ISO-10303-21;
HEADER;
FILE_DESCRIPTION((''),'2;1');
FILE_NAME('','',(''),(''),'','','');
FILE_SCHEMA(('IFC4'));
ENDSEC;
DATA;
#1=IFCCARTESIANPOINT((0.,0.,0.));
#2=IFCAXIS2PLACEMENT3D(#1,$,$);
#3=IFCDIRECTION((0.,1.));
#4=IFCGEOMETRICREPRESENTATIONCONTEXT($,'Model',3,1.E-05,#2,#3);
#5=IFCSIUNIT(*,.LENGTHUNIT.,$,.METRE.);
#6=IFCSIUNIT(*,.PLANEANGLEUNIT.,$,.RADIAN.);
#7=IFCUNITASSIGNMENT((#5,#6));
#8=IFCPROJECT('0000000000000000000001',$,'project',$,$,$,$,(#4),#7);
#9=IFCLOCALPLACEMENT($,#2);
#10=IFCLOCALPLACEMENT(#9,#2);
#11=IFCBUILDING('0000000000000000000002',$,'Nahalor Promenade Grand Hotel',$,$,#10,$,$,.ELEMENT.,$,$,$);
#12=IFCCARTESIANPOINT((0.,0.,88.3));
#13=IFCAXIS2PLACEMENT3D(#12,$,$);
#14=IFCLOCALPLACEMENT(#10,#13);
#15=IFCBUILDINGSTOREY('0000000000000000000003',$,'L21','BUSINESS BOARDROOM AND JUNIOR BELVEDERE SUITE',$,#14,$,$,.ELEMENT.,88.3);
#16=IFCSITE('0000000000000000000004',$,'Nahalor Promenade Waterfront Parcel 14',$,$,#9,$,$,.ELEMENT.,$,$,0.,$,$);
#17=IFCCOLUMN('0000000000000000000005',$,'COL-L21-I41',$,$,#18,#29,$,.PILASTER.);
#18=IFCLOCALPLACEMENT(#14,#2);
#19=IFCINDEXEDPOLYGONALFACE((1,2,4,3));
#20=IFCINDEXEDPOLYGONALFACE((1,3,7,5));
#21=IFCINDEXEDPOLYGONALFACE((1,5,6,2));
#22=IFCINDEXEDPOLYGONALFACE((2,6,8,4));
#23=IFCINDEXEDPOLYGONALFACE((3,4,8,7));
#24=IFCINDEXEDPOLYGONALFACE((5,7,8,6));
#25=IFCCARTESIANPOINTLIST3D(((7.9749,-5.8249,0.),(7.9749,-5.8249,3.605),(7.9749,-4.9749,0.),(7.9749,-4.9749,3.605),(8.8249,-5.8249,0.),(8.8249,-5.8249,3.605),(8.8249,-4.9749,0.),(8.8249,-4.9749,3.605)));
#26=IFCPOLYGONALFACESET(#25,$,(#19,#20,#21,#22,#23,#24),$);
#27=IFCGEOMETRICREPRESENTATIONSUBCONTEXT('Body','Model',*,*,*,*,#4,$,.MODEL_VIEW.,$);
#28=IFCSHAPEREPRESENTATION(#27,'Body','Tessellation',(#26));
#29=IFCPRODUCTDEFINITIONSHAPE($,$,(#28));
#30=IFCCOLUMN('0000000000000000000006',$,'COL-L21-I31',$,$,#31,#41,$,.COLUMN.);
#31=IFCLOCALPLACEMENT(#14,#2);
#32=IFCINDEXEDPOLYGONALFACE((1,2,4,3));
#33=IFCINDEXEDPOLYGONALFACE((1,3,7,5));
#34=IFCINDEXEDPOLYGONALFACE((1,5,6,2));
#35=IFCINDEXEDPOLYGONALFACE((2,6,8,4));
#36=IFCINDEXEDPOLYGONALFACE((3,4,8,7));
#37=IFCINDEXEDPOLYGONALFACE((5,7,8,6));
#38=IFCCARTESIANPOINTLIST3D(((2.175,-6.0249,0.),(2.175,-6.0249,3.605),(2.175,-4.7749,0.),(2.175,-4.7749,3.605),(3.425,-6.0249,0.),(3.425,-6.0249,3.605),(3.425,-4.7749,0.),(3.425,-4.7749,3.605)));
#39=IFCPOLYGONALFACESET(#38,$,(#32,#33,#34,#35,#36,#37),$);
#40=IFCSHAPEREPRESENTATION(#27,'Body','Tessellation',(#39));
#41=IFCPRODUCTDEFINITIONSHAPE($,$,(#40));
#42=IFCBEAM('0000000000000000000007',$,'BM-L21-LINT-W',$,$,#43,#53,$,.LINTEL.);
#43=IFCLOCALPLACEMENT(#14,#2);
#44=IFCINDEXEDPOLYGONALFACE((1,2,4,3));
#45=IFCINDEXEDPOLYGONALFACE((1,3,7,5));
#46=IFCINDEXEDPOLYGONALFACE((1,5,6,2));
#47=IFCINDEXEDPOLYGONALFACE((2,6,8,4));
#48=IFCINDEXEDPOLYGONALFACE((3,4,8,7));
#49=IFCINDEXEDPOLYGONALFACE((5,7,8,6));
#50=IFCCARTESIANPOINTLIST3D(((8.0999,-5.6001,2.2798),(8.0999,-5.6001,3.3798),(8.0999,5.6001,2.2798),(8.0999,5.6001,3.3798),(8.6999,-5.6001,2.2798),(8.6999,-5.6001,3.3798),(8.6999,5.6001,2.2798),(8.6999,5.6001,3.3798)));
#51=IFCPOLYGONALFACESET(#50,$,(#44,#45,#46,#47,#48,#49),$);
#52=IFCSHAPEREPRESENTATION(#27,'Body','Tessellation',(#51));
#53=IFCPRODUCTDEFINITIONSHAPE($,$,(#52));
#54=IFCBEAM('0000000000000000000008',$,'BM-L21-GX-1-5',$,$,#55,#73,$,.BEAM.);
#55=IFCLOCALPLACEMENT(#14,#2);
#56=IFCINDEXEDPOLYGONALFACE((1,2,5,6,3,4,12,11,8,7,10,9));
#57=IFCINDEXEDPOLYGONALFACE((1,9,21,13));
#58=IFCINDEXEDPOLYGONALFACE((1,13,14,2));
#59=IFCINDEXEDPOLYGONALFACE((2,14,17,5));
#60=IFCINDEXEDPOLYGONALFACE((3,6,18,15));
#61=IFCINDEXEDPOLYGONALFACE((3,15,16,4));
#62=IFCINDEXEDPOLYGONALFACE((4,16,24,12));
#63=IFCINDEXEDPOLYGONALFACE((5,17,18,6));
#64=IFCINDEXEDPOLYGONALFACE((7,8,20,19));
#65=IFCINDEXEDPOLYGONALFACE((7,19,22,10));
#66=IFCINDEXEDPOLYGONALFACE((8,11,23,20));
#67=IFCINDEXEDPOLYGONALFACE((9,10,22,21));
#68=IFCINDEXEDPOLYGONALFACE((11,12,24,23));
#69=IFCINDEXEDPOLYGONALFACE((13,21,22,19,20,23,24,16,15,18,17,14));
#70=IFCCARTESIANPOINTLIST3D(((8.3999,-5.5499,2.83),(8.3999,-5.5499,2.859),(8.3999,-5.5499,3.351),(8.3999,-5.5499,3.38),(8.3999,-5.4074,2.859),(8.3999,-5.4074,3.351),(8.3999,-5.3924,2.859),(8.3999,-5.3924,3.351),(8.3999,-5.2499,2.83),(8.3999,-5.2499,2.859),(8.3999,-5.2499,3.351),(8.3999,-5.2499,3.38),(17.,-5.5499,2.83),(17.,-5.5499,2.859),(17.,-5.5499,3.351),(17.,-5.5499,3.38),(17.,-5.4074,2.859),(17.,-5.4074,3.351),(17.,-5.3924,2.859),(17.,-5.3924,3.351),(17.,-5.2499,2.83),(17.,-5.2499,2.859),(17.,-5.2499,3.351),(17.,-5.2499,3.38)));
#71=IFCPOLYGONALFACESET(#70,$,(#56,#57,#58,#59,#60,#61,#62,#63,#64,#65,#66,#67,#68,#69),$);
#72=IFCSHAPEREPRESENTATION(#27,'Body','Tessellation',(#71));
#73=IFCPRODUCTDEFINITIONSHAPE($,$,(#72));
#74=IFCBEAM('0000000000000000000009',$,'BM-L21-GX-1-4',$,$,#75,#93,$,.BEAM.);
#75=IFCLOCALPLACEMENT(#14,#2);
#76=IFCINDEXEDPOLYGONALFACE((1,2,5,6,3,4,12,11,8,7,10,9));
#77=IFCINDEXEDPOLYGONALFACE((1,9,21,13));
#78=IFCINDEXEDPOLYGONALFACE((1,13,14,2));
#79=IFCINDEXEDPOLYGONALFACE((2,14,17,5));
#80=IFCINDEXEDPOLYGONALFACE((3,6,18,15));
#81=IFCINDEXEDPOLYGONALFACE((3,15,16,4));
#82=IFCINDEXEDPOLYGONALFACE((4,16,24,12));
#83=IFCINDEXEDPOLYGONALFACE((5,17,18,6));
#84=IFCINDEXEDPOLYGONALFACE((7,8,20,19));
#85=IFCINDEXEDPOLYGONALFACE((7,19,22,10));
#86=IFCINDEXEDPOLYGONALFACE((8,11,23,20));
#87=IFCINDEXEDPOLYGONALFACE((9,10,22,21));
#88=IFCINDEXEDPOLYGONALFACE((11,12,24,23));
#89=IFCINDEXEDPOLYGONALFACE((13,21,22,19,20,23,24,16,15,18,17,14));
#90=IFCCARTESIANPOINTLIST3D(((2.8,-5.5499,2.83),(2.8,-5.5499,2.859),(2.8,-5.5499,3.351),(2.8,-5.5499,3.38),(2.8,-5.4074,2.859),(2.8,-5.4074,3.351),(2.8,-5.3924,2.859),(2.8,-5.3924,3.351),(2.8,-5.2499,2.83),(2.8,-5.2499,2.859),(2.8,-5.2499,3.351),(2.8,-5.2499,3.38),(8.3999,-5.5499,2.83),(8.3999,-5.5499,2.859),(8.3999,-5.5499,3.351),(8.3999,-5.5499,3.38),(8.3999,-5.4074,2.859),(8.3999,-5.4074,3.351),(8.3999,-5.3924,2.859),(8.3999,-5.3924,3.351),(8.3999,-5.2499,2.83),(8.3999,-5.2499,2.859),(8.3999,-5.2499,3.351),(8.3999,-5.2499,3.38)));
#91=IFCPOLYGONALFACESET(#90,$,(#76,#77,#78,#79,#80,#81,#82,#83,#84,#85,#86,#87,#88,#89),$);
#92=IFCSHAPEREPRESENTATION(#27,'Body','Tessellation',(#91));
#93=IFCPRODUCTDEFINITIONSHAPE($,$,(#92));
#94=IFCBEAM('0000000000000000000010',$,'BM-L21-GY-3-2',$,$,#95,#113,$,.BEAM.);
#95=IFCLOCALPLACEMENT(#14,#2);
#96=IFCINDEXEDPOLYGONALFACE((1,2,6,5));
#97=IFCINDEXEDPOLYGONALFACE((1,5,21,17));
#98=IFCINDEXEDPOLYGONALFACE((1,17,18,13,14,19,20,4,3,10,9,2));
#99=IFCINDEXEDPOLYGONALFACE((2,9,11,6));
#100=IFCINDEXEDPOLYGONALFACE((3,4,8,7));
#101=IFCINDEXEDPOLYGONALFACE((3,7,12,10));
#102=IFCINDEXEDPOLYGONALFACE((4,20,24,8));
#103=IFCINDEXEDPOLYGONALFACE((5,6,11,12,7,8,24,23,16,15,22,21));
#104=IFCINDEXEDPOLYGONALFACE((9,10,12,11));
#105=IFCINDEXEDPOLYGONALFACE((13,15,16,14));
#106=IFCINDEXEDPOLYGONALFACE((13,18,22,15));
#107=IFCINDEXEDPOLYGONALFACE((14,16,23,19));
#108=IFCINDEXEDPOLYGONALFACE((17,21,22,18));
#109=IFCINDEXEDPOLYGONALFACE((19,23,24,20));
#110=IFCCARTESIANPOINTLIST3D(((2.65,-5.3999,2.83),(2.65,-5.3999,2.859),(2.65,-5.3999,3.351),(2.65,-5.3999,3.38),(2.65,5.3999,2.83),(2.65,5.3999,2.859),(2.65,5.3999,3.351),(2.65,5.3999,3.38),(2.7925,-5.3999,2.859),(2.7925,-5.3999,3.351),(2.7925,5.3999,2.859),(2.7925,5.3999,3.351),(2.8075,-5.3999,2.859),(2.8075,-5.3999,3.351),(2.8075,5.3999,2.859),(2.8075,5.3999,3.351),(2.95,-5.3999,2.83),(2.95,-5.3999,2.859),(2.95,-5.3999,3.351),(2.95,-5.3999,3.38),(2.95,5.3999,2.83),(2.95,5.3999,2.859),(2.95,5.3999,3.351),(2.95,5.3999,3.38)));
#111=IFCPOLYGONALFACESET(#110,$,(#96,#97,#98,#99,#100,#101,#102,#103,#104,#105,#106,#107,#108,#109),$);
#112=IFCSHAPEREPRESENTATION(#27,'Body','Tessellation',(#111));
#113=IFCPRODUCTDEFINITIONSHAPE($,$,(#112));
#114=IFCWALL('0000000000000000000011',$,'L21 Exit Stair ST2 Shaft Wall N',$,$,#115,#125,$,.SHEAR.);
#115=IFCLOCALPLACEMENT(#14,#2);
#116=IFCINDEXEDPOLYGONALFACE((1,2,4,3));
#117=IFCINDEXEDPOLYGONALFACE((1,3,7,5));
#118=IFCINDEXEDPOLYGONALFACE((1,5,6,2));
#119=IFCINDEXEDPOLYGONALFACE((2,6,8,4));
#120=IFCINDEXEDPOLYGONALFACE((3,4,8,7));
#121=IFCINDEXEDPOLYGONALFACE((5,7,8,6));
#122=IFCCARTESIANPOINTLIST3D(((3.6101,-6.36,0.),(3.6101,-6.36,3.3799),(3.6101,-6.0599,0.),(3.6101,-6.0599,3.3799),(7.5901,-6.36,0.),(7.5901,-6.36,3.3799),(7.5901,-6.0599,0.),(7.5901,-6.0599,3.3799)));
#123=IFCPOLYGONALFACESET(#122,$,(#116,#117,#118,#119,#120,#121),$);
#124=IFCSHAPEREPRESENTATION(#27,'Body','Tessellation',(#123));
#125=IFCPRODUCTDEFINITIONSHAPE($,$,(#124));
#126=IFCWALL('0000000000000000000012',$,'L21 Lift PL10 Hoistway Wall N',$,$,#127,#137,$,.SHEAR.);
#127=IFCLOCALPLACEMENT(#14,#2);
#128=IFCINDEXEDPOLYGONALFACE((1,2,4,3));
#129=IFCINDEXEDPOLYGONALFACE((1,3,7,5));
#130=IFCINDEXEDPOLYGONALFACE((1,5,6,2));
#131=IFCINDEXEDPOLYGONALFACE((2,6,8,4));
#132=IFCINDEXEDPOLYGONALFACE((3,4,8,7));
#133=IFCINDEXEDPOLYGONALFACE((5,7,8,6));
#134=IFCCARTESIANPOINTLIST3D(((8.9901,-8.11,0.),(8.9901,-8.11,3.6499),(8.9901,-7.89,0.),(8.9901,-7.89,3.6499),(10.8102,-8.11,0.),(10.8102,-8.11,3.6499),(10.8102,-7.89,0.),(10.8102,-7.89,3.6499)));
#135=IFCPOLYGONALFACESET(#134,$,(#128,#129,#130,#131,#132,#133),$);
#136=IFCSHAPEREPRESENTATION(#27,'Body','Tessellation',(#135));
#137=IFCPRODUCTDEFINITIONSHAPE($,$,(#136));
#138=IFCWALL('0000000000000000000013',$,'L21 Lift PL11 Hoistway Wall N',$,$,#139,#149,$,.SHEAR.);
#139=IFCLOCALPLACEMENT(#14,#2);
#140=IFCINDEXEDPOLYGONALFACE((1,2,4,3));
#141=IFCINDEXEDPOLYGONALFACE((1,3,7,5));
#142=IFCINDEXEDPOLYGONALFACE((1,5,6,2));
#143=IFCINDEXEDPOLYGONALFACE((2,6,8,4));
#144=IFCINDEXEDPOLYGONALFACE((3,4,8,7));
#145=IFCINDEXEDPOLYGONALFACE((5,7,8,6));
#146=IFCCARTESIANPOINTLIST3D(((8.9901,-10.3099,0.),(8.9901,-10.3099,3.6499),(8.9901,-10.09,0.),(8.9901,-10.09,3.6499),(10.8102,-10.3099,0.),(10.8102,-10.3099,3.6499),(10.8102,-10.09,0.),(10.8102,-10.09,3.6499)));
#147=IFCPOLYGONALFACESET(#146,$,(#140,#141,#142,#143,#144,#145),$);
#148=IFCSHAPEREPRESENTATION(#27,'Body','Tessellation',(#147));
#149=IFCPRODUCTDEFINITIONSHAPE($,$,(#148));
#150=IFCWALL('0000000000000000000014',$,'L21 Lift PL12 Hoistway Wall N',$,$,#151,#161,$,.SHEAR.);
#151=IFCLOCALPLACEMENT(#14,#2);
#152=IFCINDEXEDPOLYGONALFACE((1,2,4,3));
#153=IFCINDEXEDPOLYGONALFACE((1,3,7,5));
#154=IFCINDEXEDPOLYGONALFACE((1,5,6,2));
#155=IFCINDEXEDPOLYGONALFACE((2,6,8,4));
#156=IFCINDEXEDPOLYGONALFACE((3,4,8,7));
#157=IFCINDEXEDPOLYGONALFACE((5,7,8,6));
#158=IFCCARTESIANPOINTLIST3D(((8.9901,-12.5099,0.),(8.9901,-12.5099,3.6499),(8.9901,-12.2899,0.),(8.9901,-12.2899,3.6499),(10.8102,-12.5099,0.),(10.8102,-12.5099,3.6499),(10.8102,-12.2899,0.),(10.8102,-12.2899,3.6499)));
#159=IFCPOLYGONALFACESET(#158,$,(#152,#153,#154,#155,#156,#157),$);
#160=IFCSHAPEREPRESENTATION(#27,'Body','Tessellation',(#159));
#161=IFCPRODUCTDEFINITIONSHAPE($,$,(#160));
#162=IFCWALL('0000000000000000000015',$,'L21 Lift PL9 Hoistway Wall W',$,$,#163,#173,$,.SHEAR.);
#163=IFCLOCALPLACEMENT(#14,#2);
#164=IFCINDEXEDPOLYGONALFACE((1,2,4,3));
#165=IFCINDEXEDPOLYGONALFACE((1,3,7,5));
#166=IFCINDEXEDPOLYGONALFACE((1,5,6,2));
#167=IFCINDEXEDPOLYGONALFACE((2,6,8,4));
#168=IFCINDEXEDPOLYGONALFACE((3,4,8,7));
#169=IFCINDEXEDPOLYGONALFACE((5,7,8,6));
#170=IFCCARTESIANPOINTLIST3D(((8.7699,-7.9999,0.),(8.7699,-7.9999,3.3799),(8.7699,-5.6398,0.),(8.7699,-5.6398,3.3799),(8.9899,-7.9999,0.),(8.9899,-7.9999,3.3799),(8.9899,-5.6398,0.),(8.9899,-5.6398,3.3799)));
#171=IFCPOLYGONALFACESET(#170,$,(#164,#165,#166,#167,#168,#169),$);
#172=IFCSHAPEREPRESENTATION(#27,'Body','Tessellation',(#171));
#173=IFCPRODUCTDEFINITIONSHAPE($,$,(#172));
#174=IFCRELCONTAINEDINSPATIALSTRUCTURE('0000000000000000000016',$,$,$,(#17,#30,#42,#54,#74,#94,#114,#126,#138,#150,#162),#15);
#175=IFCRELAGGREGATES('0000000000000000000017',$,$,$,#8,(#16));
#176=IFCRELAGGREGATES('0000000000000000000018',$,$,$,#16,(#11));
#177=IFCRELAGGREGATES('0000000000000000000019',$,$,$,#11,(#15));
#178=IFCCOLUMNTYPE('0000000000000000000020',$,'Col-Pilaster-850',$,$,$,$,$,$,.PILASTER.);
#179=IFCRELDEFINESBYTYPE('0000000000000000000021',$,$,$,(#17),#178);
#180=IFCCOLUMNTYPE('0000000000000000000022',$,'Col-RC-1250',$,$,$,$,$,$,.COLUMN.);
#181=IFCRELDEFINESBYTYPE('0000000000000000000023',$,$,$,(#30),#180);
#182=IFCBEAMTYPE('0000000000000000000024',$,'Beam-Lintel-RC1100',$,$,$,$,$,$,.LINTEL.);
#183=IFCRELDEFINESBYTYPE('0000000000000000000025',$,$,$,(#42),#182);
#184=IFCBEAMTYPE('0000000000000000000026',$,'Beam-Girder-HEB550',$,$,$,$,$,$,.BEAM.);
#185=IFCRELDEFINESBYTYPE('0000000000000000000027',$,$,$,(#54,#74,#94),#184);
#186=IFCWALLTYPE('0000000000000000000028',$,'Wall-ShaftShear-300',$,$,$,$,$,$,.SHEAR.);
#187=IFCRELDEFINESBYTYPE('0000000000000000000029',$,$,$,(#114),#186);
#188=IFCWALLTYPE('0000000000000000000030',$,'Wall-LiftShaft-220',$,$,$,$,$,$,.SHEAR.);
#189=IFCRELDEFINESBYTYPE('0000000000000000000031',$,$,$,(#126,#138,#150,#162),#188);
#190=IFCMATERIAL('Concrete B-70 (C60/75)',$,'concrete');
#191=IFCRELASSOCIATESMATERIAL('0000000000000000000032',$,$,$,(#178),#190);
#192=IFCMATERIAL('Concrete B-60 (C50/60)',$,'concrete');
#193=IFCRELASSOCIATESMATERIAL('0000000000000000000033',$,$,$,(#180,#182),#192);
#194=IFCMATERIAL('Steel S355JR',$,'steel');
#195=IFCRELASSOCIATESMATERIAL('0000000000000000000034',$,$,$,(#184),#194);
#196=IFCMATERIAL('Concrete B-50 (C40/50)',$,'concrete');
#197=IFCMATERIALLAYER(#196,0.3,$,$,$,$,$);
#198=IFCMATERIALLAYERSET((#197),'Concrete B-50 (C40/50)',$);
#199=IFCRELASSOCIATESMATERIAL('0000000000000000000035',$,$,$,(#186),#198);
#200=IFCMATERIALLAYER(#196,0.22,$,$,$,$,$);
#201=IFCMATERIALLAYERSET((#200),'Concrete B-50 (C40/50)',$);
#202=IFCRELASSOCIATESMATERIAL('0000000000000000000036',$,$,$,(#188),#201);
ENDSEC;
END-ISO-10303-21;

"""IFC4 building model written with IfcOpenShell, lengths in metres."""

from ifc_helpers import new_model, si_unit, direction, frame, frame_2d, origin, origin_2d, place, context, subcontext, project, spatial, rectangle, i_section, extrude, source, transform, mapped, material, layer, layer_set, material_profile, profile_set, type_object, element, save


model = new_model("IFC4")

# Units and contexts
model_context = context("Model", 3, precision=1e-05, world=origin(), true_north=direction((0.0, 1.0)))
body_context = subcontext(model_context, "Body", "Model", "MODEL_VIEW")
ifc_project = project(units=[si_unit("LENGTHUNIT", "METRE"), si_unit("PLANEANGLEUNIT", "RADIAN")], contexts=[model_context])

# Site, building, storey
site_placement = place(None, origin())
site = spatial("IfcSite", under=ifc_project, at=site_placement, Name="Nahalor Promenade Waterfront Parcel 14", CompositionType="ELEMENT", RefElevation=0.0)
building_placement = place(site_placement, origin())
building = spatial("IfcBuilding", under=site, at=building_placement, Name="Nahalor Promenade Grand Hotel", CompositionType="ELEMENT")
storey_placement = place(building_placement, frame((0.0, 0.0, 88.3)))
storey = spatial("IfcBuildingStorey", under=building, at=storey_placement, Name="L21", Description="BUSINESS BOARDROOM AND JUNIOR BELVEDERE SUITE", CompositionType="ELEMENT", Elevation=88.3)

# Columns
ifc_material_1 = material(Name="Concrete B-70 (C60/75)", Category="concrete")
ifc_material_profile_1 = material_profile(ifc_material_1, rectangle(XDim=0.85, YDim=0.85, at=origin_2d()), Name="RC 850x850")
ifc_profile_set_1 = profile_set([ifc_material_profile_1], Name="Concrete B-70 (C60/75)")
column_type_1 = type_object("IfcColumnType", Name="Col-Pilaster-850", PredefinedType="PILASTER", material=ifc_profile_set_1)
shared_shape_1 = source(origin(), body_context, "Body", "SweptSolid", [
    extrude(rectangle(XDim=0.85, YDim=0.85, at=origin_2d()), origin(), (0.0, 0.0, 1.0), 3.605),
])
column_1_placement = place(storey_placement, frame((8.3999, -5.3999, 0.0), z_axis=(0.0, 0.0, 1.0), x_axis=(1.0, 0.0, 0.0)))
element("IfcColumn", 1, at=column_1_placement, inside=storey, type_object=column_type_1, Name="COL-L21-I41", PredefinedType="PILASTER", context=body_context, shape_type="MappedRepresentation", body=[
    mapped(shared_shape_1, transform((0.0, 0.0, 0.0), scale=1.0)),
])
ifc_material_2 = material(Name="Concrete B-60 (C50/60)", Category="concrete")
ifc_material_profile_2 = material_profile(ifc_material_2, rectangle(XDim=1.25, YDim=1.25, at=origin_2d()), Name="RC 1250x1250")
ifc_profile_set_2 = profile_set([ifc_material_profile_2], Name="Concrete B-60 (C50/60)")
column_type_2 = type_object("IfcColumnType", Name="Col-RC-1250", PredefinedType="COLUMN", material=ifc_profile_set_2)
shared_shape_2 = source(origin(), body_context, "Body", "SweptSolid", [
    extrude(rectangle(XDim=1.25, YDim=1.25, at=origin_2d()), origin(), (0.0, 0.0, 1.0), 3.605),
])
column_2_placement = place(storey_placement, frame((2.8, -5.3999, 0.0), z_axis=(0.0, 0.0, 1.0), x_axis=(1.0, 0.0, 0.0)))
element("IfcColumn", 2, at=column_2_placement, inside=storey, type_object=column_type_2, Name="COL-L21-I31", PredefinedType="COLUMN", context=body_context, shape_type="MappedRepresentation", body=[
    mapped(shared_shape_2, transform((0.0, 0.0, 0.0), scale=1.0)),
])

# Beams
ifc_material_profile_3 = material_profile(ifc_material_2, rectangle(XDim=0.6, YDim=1.1, at=origin_2d()), Name="RC 600x1100")
ifc_profile_set_3 = profile_set([ifc_material_profile_3], Name="Concrete B-60 (C50/60)")
beam_type_1 = type_object("IfcBeamType", Name="Beam-Lintel-RC1100", PredefinedType="LINTEL", material=ifc_profile_set_3)
shared_shape_3 = source(origin(), body_context, "Body", "SweptSolid", [
    extrude(rectangle(XDim=0.6, YDim=1.1, at=origin_2d()), origin(), (0.0, 0.0, 1.0), 11.2002),
])
beam_1_placement = place(storey_placement, frame((8.3999, -5.6001, 2.8298), z_axis=(0.0, 1.0, 0.0), x_axis=(-1.0, 0.0, 0.0)))
element("IfcBeam", 3, at=beam_1_placement, inside=storey, type_object=beam_type_1, Name="BM-L21-LINT-W", PredefinedType="LINTEL", context=body_context, shape_type="MappedRepresentation", body=[
    mapped(shared_shape_3, transform((0.0, 0.0, 0.0), scale=1.0)),
])
ifc_material_3 = material(Name="Steel S355JR", Category="steel")
ifc_material_profile_4 = material_profile(ifc_material_3, i_section(OverallWidth=0.3, OverallDepth=0.55, WebThickness=0.015, FlangeThickness=0.029, at=origin_2d()), Name="HEB 550")
ifc_profile_set_4 = profile_set([ifc_material_profile_4], Name="Steel S355JR")
beam_type_2 = type_object("IfcBeamType", Name="Beam-Girder-HEB550", PredefinedType="BEAM", material=ifc_profile_set_4)
shared_shape_4 = source(origin(), body_context, "Body", "SweptSolid", [
    extrude(i_section(OverallWidth=0.3, OverallDepth=0.55, WebThickness=0.015, FlangeThickness=0.029, at=origin_2d()), origin(), (0.0, 0.0, 1.0), 8.6001),
])
beam_2_placement = place(storey_placement, frame((8.3999, -5.3999, 3.105), z_axis=(1.0, 0.0, 0.0), x_axis=(0.0, 1.0, 0.0)))
element("IfcBeam", 4, at=beam_2_placement, inside=storey, type_object=beam_type_2, Name="BM-L21-GX-1-5", PredefinedType="BEAM", context=body_context, shape_type="MappedRepresentation", body=[
    mapped(shared_shape_4, transform((0.0, 0.0, 0.0), scale=1.0)),
])
shared_shape_5 = source(origin(), body_context, "Body", "SweptSolid", [
    extrude(i_section(OverallWidth=0.3, OverallDepth=0.55, WebThickness=0.015, FlangeThickness=0.029, at=origin_2d()), origin(), (0.0, 0.0, 1.0), 5.5999),
])
beam_3_placement = place(storey_placement, frame((2.8, -5.3999, 3.105), z_axis=(1.0, 0.0, 0.0), x_axis=(0.0, 1.0, 0.0)))
element("IfcBeam", 5, at=beam_3_placement, inside=storey, type_object=beam_type_2, Name="BM-L21-GX-1-4", PredefinedType="BEAM", context=body_context, shape_type="MappedRepresentation", body=[
    mapped(shared_shape_5, transform((0.0, 0.0, 0.0), scale=1.0)),
])
shared_shape_6 = source(origin(), body_context, "Body", "SweptSolid", [
    extrude(i_section(OverallWidth=0.3, OverallDepth=0.55, WebThickness=0.015, FlangeThickness=0.029, at=origin_2d()), origin(), (0.0, 0.0, 1.0), 10.7998),
])
beam_4_placement = place(storey_placement, frame((2.8, -5.3999, 3.105), z_axis=(0.0, 1.0, 0.0), x_axis=(-1.0, 0.0, 0.0)))
element("IfcBeam", 6, at=beam_4_placement, inside=storey, type_object=beam_type_2, Name="BM-L21-GY-3-2", PredefinedType="BEAM", context=body_context, shape_type="MappedRepresentation", body=[
    mapped(shared_shape_6, transform((0.0, 0.0, 0.0), scale=1.0)),
])

# Walls
ifc_material_4 = material(Name="Concrete B-50 (C40/50)", Category="concrete")
ifc_layer_1 = layer(ifc_material_4, 0.3)
ifc_layer_set_1 = layer_set([ifc_layer_1], Name="Concrete B-50 (C40/50)")
wall_type_1 = type_object("IfcWallType", Name="Wall-ShaftShear-300", PredefinedType="SHEAR", material=ifc_layer_set_1)
shared_shape_7 = source(origin(), body_context, "Body", "SweptSolid", [
    extrude(rectangle(XDim=3.98, YDim=0.3, at=frame_2d((1.99, 0.0))), origin(), (0.0, 0.0, 1.0), 3.3799),
])
wall_1_placement = place(storey_placement, frame((3.6101, -6.21, 0.0), z_axis=(0.0, 0.0, 1.0), x_axis=(1.0, 0.0, 0.0)))
element("IfcWall", 7, at=wall_1_placement, inside=storey, type_object=wall_type_1, Name="L21 Exit Stair ST2 Shaft Wall N", PredefinedType="SHEAR", context=body_context, shape_type="MappedRepresentation", body=[
    mapped(shared_shape_7, transform((0.0, 0.0, 0.0), scale=1.0)),
])
ifc_layer_2 = layer(ifc_material_4, 0.22)
ifc_layer_set_2 = layer_set([ifc_layer_2], Name="Concrete B-50 (C40/50)")
wall_type_2 = type_object("IfcWallType", Name="Wall-LiftShaft-220", PredefinedType="SHEAR", material=ifc_layer_set_2)
shared_shape_8 = source(origin(), body_context, "Body", "SweptSolid", [
    extrude(rectangle(XDim=1.8201, YDim=0.22, at=frame_2d((0.9102, 0.0))), origin(), (0.0, 0.0, 1.0), 3.6499),
])
for number, where, z_axis, x_axis, name in (
    (8, (8.99, -8.0, 0.0), (0.0, 0.0, 1.0), (1.0, 0.0, 0.0), "L21 Lift PL10 Hoistway Wall N"),
    (9, (8.99, -10.2, 0.0), (0.0, 0.0, 1.0), (1.0, 0.0, 0.0), "L21 Lift PL11 Hoistway Wall N"),
    (10, (8.99, -12.3999, 0.0), (0.0, 0.0, 1.0), (1.0, 0.0, 0.0), "L21 Lift PL12 Hoistway Wall N"),
):
    element("IfcWall", number, at=place(storey_placement, frame(where, z_axis=z_axis, x_axis=x_axis)), inside=storey, type_object=wall_type_2, Name=name, PredefinedType="SHEAR", context=body_context, shape_type="MappedRepresentation", body=[
        mapped(shared_shape_8, transform((0.0, 0.0, 0.0), scale=1.0)),
    ])
shared_shape_9 = source(origin(), body_context, "Body", "SweptSolid", [
    extrude(rectangle(XDim=2.3601, YDim=0.22, at=frame_2d((1.1802, 0.0))), origin(), (0.0, 0.0, 1.0), 3.3799),
])
for number, where, z_axis, x_axis, name in (
    (11, (8.8799, -8.0, 0.0), (0.0, 0.0, 1.0), (0.0, 1.0, 0.0), "L21 Lift PL9 Hoistway Wall W"),
):
    element("IfcWall", number, at=place(storey_placement, frame(where, z_axis=z_axis, x_axis=x_axis)), inside=storey, type_object=wall_type_2, Name=name, PredefinedType="SHEAR", context=body_context, shape_type="MappedRepresentation", body=[
        mapped(shared_shape_9, transform((0.0, 0.0, 0.0), scale=1.0)),
    ])

save(model, "model.ifc")
